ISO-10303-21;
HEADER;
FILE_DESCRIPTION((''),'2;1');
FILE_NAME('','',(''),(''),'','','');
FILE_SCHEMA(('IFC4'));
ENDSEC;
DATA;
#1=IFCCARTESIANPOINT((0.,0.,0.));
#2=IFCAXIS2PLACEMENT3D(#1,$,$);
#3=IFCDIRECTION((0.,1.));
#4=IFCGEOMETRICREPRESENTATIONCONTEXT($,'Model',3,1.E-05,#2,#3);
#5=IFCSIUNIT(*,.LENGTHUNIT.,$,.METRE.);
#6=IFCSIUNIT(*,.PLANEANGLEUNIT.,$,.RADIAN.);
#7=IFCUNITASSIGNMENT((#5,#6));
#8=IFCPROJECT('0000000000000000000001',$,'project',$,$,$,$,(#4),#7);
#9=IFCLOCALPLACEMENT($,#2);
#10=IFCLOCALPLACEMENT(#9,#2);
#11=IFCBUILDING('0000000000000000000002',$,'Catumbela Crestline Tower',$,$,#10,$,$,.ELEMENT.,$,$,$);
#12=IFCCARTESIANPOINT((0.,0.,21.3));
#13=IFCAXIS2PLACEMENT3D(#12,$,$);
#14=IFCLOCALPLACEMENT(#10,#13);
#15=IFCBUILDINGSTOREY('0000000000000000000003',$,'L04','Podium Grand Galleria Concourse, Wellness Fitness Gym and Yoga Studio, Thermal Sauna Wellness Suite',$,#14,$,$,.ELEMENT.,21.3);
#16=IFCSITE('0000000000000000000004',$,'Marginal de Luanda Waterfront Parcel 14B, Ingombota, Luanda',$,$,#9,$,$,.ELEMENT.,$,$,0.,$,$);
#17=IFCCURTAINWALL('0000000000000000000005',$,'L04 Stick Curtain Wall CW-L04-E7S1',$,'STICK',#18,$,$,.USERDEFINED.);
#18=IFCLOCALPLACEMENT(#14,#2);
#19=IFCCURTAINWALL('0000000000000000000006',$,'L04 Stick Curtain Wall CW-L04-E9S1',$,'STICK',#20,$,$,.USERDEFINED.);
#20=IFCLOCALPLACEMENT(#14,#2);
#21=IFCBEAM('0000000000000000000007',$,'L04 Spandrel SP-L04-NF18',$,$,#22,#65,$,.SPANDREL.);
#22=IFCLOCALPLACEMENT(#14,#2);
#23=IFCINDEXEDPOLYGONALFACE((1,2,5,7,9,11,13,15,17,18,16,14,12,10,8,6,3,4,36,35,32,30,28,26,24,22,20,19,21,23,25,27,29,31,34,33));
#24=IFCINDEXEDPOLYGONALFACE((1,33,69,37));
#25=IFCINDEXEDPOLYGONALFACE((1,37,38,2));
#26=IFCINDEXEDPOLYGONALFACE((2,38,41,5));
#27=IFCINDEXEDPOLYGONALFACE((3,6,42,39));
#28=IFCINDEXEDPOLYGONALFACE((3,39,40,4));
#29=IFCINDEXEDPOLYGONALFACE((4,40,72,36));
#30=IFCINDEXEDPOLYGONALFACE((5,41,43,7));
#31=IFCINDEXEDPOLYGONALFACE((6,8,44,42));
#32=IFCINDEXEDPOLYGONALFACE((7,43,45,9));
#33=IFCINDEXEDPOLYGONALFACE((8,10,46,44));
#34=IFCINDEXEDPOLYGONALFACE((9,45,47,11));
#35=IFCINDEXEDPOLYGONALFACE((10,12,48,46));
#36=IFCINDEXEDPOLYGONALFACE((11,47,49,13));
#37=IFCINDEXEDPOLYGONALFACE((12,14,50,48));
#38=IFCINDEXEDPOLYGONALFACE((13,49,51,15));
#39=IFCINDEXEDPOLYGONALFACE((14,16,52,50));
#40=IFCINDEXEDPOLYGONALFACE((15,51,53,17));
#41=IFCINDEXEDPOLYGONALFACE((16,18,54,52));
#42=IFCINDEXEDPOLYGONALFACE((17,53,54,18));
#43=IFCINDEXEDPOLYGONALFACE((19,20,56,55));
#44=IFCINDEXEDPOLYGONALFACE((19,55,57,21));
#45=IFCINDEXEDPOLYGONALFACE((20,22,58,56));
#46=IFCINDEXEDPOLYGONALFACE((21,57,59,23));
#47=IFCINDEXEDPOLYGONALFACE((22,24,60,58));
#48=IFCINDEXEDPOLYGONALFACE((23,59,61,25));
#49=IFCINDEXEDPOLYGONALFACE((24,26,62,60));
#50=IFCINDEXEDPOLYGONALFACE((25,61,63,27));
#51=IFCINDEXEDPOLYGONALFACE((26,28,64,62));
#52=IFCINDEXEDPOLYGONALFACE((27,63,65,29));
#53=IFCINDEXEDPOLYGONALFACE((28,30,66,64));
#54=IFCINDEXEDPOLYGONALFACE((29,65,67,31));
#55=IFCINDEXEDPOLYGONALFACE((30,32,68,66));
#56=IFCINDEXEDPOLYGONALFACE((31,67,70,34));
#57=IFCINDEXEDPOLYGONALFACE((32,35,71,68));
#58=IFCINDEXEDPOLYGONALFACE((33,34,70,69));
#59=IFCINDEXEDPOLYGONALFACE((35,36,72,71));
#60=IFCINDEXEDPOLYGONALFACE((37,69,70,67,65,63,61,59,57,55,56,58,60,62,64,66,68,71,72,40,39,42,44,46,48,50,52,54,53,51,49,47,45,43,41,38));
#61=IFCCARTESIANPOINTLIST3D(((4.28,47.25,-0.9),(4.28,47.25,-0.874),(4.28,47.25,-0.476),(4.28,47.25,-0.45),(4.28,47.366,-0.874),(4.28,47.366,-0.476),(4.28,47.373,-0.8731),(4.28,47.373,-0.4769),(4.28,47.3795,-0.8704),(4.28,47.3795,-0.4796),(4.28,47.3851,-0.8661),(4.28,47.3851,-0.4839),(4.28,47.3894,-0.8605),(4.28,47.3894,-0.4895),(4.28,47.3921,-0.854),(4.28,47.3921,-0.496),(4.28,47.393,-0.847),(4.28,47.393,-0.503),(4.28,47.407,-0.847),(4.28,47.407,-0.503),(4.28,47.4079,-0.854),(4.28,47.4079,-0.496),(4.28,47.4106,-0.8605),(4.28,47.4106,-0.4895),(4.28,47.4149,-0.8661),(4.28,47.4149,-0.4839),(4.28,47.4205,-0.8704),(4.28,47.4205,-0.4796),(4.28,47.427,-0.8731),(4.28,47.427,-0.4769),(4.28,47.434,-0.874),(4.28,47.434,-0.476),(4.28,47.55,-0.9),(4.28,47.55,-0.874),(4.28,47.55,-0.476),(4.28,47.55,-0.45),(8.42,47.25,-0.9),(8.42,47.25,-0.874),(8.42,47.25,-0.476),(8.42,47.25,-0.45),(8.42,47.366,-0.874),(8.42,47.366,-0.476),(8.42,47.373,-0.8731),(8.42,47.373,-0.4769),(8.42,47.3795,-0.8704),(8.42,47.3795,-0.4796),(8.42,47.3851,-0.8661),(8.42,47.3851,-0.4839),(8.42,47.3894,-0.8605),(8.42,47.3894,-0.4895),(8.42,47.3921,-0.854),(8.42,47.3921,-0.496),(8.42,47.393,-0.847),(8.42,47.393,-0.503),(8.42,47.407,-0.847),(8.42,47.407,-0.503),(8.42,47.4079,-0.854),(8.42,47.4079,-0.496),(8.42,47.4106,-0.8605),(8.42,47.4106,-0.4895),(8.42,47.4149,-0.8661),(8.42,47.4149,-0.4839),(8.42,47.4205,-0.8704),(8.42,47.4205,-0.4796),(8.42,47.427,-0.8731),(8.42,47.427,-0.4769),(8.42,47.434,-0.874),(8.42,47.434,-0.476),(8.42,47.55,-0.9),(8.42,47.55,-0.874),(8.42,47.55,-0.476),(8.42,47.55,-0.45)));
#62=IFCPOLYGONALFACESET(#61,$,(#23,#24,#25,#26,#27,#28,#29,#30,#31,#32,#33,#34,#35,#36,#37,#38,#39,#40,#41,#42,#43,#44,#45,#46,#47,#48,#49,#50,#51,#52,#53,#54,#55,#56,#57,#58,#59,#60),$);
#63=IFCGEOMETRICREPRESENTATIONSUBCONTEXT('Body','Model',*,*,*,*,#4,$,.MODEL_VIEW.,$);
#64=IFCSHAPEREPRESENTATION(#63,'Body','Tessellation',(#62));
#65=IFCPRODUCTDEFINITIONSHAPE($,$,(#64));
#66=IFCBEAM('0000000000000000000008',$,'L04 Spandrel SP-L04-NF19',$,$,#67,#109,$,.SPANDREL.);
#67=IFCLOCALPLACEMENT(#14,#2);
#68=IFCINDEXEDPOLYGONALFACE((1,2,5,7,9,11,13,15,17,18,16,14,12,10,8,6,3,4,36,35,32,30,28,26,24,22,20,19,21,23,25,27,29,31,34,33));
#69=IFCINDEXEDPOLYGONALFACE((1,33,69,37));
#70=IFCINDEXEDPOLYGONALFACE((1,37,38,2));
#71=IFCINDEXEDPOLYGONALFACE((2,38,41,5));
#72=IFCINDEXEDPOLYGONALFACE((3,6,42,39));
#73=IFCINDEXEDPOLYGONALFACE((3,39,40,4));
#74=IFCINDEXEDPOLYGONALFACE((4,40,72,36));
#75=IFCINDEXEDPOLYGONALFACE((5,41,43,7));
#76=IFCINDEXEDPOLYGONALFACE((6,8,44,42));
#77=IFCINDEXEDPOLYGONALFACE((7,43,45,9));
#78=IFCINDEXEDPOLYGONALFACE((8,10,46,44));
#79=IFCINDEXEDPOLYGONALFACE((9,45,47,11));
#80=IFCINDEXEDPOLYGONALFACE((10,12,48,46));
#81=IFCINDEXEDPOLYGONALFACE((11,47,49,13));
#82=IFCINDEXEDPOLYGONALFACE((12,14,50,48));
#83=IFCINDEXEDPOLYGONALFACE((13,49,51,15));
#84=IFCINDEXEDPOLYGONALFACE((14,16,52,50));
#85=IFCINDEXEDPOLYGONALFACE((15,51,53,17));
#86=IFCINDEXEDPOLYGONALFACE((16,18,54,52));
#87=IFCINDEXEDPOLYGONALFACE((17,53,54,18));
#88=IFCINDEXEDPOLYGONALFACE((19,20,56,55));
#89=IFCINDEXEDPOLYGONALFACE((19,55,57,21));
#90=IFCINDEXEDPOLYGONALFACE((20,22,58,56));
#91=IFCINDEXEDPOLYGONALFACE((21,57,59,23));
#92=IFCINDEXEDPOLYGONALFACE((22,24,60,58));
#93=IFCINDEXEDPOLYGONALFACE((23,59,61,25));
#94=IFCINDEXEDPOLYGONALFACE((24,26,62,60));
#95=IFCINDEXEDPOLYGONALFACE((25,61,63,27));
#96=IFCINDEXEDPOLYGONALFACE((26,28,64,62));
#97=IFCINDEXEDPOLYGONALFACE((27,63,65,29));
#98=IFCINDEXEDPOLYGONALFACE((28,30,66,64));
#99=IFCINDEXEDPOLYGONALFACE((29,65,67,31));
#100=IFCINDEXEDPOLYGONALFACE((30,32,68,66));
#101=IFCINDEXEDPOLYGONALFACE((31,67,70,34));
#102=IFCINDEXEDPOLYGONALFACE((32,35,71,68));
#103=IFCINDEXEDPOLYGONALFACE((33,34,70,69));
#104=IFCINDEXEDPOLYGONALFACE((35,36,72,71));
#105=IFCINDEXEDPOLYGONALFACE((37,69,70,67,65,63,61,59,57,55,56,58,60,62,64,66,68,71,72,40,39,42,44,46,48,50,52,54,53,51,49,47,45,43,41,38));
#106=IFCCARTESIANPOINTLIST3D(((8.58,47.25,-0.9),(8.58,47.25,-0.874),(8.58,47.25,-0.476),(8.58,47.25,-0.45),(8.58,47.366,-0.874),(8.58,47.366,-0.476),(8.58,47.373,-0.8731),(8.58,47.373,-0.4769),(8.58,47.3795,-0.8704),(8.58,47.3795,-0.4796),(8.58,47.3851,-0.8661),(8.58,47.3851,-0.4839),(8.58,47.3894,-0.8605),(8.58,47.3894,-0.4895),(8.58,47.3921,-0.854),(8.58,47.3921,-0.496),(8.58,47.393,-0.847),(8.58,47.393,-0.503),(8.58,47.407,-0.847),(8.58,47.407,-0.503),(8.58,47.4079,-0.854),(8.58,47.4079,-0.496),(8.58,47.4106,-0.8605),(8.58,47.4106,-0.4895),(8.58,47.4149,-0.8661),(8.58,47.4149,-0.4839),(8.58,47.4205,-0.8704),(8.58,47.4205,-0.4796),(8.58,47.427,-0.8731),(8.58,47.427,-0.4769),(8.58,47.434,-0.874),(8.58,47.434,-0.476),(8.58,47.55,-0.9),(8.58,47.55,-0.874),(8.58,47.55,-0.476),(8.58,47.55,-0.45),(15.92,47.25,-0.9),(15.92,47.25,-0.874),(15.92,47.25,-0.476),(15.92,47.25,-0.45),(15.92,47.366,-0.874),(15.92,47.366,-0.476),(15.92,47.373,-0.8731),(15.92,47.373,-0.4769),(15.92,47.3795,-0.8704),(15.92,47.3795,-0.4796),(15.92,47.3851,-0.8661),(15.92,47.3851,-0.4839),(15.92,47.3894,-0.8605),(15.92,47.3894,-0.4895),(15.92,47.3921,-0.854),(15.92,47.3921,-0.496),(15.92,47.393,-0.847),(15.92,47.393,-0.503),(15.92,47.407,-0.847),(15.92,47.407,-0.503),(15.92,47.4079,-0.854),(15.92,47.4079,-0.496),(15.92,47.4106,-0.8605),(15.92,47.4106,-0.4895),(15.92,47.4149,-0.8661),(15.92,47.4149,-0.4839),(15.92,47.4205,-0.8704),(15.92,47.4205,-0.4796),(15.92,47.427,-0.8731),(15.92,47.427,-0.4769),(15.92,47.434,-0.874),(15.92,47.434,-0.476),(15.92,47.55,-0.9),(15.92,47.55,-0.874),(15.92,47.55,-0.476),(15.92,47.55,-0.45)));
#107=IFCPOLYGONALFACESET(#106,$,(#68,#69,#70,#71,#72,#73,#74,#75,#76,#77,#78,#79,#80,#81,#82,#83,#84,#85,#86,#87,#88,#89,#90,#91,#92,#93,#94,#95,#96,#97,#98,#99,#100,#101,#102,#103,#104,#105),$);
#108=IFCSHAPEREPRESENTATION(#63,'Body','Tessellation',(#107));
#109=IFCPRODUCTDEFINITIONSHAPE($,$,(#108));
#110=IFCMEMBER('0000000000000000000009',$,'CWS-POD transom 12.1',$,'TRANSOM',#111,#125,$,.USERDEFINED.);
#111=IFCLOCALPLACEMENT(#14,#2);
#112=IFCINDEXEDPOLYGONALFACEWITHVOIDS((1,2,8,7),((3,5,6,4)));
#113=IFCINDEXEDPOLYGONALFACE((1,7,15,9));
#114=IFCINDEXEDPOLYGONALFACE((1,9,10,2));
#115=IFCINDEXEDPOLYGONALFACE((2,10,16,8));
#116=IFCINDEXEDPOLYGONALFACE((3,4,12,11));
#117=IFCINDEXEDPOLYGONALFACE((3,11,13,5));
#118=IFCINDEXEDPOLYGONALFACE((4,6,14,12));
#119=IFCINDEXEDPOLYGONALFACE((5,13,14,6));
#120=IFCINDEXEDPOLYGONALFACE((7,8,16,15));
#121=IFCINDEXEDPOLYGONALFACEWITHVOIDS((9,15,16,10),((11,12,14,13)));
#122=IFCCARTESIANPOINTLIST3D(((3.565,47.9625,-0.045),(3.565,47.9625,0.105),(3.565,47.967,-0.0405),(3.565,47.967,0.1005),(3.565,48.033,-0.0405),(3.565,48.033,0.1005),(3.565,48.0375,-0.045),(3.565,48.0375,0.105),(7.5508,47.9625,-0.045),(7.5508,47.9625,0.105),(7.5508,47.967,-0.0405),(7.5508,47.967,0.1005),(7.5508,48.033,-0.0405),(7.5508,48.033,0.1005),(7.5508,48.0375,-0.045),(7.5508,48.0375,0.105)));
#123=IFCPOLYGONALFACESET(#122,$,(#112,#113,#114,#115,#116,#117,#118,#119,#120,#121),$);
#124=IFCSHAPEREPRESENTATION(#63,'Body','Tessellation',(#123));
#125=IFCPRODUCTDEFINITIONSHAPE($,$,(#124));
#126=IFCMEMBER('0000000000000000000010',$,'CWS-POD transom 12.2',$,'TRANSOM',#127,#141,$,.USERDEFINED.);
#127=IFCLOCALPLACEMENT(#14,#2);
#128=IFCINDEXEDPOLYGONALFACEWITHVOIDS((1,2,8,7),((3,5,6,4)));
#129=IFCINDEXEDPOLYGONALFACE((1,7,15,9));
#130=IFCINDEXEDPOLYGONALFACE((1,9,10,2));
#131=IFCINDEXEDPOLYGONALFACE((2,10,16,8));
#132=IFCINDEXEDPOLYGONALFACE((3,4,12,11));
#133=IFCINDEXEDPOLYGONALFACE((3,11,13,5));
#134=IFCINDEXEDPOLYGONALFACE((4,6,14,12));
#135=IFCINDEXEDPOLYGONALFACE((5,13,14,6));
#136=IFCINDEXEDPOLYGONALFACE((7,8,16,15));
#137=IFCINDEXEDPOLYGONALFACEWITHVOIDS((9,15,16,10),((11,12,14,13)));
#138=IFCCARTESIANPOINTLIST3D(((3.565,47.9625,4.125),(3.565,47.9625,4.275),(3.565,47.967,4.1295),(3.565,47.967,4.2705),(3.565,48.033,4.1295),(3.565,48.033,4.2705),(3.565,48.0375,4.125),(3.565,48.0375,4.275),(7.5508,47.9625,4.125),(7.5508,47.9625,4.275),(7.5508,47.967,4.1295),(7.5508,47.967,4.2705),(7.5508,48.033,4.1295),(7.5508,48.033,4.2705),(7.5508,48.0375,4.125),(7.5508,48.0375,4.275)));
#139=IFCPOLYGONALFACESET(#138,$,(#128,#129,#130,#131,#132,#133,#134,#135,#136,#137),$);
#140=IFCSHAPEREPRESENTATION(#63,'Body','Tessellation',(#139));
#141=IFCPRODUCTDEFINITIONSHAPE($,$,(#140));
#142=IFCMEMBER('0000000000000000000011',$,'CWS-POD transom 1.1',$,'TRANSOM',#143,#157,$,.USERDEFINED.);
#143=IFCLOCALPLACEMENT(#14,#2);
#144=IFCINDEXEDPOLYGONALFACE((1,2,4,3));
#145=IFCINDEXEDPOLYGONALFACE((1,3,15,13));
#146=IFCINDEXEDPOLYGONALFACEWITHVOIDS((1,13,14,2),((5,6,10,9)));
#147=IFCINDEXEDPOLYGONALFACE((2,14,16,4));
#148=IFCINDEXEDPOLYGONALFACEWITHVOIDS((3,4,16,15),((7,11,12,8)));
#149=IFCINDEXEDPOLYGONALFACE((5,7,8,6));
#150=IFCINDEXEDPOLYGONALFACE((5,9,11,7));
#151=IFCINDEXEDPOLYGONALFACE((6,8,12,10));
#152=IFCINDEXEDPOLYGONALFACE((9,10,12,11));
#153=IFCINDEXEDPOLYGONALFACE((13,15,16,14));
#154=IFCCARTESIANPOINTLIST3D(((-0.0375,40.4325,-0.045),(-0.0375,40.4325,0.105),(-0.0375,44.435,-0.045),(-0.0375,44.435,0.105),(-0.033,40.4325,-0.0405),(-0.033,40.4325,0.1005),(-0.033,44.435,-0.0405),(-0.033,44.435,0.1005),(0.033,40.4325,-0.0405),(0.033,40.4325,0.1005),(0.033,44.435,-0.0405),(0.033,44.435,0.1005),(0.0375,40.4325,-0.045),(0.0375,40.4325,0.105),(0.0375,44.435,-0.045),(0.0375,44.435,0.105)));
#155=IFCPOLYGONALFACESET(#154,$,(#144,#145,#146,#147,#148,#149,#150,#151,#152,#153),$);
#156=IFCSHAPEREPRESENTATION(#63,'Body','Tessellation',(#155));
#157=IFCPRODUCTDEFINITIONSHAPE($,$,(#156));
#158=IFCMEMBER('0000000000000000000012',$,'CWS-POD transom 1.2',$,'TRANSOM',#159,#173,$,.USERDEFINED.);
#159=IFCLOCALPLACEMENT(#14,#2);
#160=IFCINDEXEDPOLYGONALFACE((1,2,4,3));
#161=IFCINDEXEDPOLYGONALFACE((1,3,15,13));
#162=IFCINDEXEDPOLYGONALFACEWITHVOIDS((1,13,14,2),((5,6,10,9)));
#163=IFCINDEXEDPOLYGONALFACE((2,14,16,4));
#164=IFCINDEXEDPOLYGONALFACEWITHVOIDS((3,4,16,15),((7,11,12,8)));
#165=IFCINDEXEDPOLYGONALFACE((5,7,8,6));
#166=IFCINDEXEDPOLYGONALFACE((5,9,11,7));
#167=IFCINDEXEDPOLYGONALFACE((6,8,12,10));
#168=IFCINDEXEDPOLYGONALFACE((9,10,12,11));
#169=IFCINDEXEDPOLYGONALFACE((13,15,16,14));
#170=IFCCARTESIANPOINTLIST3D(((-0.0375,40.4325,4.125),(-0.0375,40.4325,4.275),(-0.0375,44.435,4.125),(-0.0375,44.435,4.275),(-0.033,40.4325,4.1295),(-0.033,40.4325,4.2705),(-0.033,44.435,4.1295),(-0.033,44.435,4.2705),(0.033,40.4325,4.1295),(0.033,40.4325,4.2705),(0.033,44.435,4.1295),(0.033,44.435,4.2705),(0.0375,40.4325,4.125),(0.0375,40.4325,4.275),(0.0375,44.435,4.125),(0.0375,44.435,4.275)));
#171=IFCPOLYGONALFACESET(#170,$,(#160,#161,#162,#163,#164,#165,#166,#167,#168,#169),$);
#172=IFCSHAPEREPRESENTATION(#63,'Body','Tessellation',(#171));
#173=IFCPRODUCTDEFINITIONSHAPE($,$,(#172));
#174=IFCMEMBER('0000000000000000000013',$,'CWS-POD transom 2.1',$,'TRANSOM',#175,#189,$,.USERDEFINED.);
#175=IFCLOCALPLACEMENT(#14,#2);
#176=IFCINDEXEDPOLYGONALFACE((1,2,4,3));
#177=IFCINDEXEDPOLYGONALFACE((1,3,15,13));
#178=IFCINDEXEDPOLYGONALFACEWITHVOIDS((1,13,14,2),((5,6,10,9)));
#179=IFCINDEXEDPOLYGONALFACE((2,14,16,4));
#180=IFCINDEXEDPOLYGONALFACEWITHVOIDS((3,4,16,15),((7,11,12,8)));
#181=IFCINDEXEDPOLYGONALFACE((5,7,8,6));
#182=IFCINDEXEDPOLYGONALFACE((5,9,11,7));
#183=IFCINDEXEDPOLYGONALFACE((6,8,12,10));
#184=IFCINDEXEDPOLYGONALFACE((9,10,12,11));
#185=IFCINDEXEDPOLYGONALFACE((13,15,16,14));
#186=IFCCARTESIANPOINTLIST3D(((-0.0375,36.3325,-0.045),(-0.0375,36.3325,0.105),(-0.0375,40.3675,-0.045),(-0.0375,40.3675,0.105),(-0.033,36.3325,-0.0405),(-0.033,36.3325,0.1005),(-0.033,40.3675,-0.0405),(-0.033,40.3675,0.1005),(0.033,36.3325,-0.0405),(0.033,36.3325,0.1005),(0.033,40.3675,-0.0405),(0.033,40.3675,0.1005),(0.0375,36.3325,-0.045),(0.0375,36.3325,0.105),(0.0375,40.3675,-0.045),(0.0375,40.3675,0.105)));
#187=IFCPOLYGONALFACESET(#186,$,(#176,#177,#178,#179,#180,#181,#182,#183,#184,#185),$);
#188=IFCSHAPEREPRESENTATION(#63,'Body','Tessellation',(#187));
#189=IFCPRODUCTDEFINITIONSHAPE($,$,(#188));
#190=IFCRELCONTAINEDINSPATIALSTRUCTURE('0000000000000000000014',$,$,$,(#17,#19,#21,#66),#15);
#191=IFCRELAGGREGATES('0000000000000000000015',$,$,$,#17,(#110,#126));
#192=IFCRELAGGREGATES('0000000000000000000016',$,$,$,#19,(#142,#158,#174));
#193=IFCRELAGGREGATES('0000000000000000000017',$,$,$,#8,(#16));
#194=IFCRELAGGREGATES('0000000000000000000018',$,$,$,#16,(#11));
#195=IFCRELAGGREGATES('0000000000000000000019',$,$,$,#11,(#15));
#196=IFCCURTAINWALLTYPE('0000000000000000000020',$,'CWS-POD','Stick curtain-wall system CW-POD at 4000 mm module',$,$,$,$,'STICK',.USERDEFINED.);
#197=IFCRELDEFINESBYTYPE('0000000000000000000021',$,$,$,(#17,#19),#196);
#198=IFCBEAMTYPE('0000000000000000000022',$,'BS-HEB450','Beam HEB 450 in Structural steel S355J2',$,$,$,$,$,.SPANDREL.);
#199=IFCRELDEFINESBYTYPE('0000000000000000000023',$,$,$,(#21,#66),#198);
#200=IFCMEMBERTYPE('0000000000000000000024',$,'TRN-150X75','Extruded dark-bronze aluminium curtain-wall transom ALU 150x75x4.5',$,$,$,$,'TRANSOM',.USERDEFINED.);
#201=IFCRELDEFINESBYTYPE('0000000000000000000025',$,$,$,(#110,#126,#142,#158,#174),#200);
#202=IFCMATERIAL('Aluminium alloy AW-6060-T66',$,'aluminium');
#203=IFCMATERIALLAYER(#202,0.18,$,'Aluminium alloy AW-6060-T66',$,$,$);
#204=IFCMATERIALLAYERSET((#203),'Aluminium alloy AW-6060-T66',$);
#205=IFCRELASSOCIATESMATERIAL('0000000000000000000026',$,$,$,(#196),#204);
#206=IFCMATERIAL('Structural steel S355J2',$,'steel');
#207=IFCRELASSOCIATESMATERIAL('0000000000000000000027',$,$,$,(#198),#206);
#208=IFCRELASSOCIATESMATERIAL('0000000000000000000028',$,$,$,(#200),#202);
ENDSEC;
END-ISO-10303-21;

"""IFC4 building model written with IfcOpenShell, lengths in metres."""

from ifc_helpers import new_model, si_unit, direction, frame, origin, origin_2d, place, context, subcontext, project, spatial, hollow_rectangle, i_section, extrude, material, layer, layer_set, material_profile, profile_set, type_object, element, aggregate, save


model = new_model("IFC4")

# Units and contexts
model_context = context("Model", 3, precision=1e-05, world=origin(), true_north=direction((0.0, 1.0)))
body_context = subcontext(model_context, "Body", "Model", "MODEL_VIEW")
ifc_project = project(units=[si_unit("LENGTHUNIT", "METRE"), si_unit("PLANEANGLEUNIT", "RADIAN")], contexts=[model_context])

# Site, building, storey
site_placement = place(None, origin())
site = spatial("IfcSite", under=ifc_project, at=site_placement, Name="Marginal de Luanda Waterfront Parcel 14B, Ingombota, Luanda", CompositionType="ELEMENT", RefElevation=0.0)
building_placement = place(site_placement, origin())
building = spatial("IfcBuilding", under=site, at=building_placement, Name="Catumbela Crestline Tower", CompositionType="ELEMENT")
storey_placement = place(building_placement, frame((0.0, 0.0, 21.3)))
storey = spatial("IfcBuildingStorey", under=building, at=storey_placement, Name="L04", Description="Podium Grand Galleria Concourse, Wellness Fitness Gym and Yoga Studio, Thermal Sauna Wellness Suite", CompositionType="ELEMENT", Elevation=21.3)

# Shared definitions
ifc_material_1 = material(Name="Structural steel S355J2", Category="steel")

# Curtain walls
ifc_material_2 = material(Name="Aluminium alloy AW-6060-T66", Category="aluminium")
ifc_layer_1 = layer(ifc_material_2, 0.18, Name="Aluminium alloy AW-6060-T66")
ifc_layer_set_1 = layer_set([ifc_layer_1], Name="Aluminium alloy AW-6060-T66")
curtain_wall_type = type_object("IfcCurtainWallType", Name="CWS-POD", Description="Stick curtain-wall system CW-POD at 4000 mm module", ElementType="STICK", PredefinedType="USERDEFINED", material=ifc_layer_set_1)
curtain_wall_1_placement = place(storey_placement, origin())
curtain_wall_1 = element("IfcCurtainWall", 1, at=curtain_wall_1_placement, inside=storey, type_object=curtain_wall_type, Name="L04 Stick Curtain Wall CW-L04-E7S1", ObjectType="STICK", PredefinedType="USERDEFINED")
curtain_wall_2_placement = place(storey_placement, origin())
curtain_wall_2 = element("IfcCurtainWall", 2, at=curtain_wall_2_placement, inside=storey, type_object=curtain_wall_type, Name="L04 Stick Curtain Wall CW-L04-E9S1", ObjectType="STICK", PredefinedType="USERDEFINED")

# Beams
ifc_material_profile_1 = material_profile(ifc_material_1, i_section(OverallWidth=0.3, OverallDepth=0.45, WebThickness=0.014, FlangeThickness=0.026, FilletRadius=0.027, at=origin_2d()), Name="HEB 450")
ifc_profile_set_1 = profile_set([ifc_material_profile_1], Name="Structural steel S355J2")
beam_type_1 = type_object("IfcBeamType", Name="BS-HEB450", Description="Beam HEB 450 in Structural steel S355J2", PredefinedType="SPANDREL", material=ifc_profile_set_1)
beam_1_placement = place(storey_placement, frame((4.28, 47.4, -0.675), z_axis=(1.0, 0.0, 0.0), x_axis=(0.0, 1.0, 0.0)))
element("IfcBeam", 3, at=beam_1_placement, inside=storey, type_object=beam_type_1, Name="L04 Spandrel SP-L04-NF18", PredefinedType="SPANDREL", context=body_context, shape_type="SweptSolid", body=[
    extrude(i_section(OverallWidth=0.3, OverallDepth=0.45, WebThickness=0.014, FlangeThickness=0.026, FilletRadius=0.027, at=origin_2d()), origin(), (0.0, 0.0, 1.0), 4.14),
])
beam_2_placement = place(storey_placement, frame((8.58, 47.4, -0.675), z_axis=(1.0, 0.0, 0.0), x_axis=(0.0, 1.0, 0.0)))
element("IfcBeam", 4, at=beam_2_placement, inside=storey, type_object=beam_type_1, Name="L04 Spandrel SP-L04-NF19", PredefinedType="SPANDREL", context=body_context, shape_type="SweptSolid", body=[
    extrude(i_section(OverallWidth=0.3, OverallDepth=0.45, WebThickness=0.014, FlangeThickness=0.026, FilletRadius=0.027, at=origin_2d()), origin(), (0.0, 0.0, 1.0), 7.34),
])

# Members
ifc_material_profile_2 = material_profile(ifc_material_2, hollow_rectangle(XDim=0.075, YDim=0.15, WallThickness=0.0045, at=origin_2d()), Name="ALU 150x75x4.5")
ifc_profile_set_2 = profile_set([ifc_material_profile_2], Name="Aluminium alloy AW-6060-T66")
member_type_1 = type_object("IfcMemberType", Name="TRN-150X75", Description="Extruded dark-bronze aluminium curtain-wall transom ALU 150x75x4.5", ElementType="TRANSOM", PredefinedType="USERDEFINED", material=ifc_profile_set_2)
member_1_placement = place(storey_placement, frame((7.5508, 48.0, 0.03), z_axis=(-1.0, 0.0, 0.0), x_axis=(0.0, -1.0, 0.0)))
member_1 = element("IfcMember", 5, at=member_1_placement, type_object=member_type_1, Name="CWS-POD transom 12.1", ObjectType="TRANSOM", PredefinedType="USERDEFINED", context=body_context, shape_type="SweptSolid", body=[
    extrude(hollow_rectangle(XDim=0.075, YDim=0.15, WallThickness=0.0045, at=origin_2d()), origin(), (0.0, 0.0, 1.0), 3.9858),
])
member_2_placement = place(storey_placement, frame((7.5508, 48.0, 4.2), z_axis=(-1.0, 0.0, 0.0), x_axis=(0.0, -1.0, 0.0)))
member_2 = element("IfcMember", 6, at=member_2_placement, type_object=member_type_1, Name="CWS-POD transom 12.2", ObjectType="TRANSOM", PredefinedType="USERDEFINED", context=body_context, shape_type="SweptSolid", body=[
    extrude(hollow_rectangle(XDim=0.075, YDim=0.15, WallThickness=0.0045, at=origin_2d()), origin(), (0.0, 0.0, 1.0), 3.9858),
])
member_3_placement = place(storey_placement, frame((0.0, 44.435, 0.03), z_axis=(0.0, -1.0, 0.0), x_axis=(1.0, 0.0, 0.0)))
member_3 = element("IfcMember", 7, at=member_3_placement, type_object=member_type_1, Name="CWS-POD transom 1.1", ObjectType="TRANSOM", PredefinedType="USERDEFINED", context=body_context, shape_type="SweptSolid", body=[
    extrude(hollow_rectangle(XDim=0.075, YDim=0.15, WallThickness=0.0045, at=origin_2d()), origin(), (0.0, 0.0, 1.0), 4.0025),
])
member_4_placement = place(storey_placement, frame((0.0, 44.435, 4.2), z_axis=(0.0, -1.0, 0.0), x_axis=(1.0, 0.0, 0.0)))
member_4 = element("IfcMember", 8, at=member_4_placement, type_object=member_type_1, Name="CWS-POD transom 1.2", ObjectType="TRANSOM", PredefinedType="USERDEFINED", context=body_context, shape_type="SweptSolid", body=[
    extrude(hollow_rectangle(XDim=0.075, YDim=0.15, WallThickness=0.0045, at=origin_2d()), origin(), (0.0, 0.0, 1.0), 4.0025),
])
member_5_placement = place(storey_placement, frame((0.0, 40.3675, 0.03), z_axis=(0.0, -1.0, 0.0), x_axis=(1.0, 0.0, 0.0)))
member_5 = element("IfcMember", 9, at=member_5_placement, type_object=member_type_1, Name="CWS-POD transom 2.1", ObjectType="TRANSOM", PredefinedType="USERDEFINED", context=body_context, shape_type="SweptSolid", body=[
    extrude(hollow_rectangle(XDim=0.075, YDim=0.15, WallThickness=0.0045, at=origin_2d()), origin(), (0.0, 0.0, 1.0), 4.035),
])

aggregate(curtain_wall_1, [member_1, member_2])
aggregate(curtain_wall_2, [member_3, member_4, member_5])

save(model, "model.ifc")
